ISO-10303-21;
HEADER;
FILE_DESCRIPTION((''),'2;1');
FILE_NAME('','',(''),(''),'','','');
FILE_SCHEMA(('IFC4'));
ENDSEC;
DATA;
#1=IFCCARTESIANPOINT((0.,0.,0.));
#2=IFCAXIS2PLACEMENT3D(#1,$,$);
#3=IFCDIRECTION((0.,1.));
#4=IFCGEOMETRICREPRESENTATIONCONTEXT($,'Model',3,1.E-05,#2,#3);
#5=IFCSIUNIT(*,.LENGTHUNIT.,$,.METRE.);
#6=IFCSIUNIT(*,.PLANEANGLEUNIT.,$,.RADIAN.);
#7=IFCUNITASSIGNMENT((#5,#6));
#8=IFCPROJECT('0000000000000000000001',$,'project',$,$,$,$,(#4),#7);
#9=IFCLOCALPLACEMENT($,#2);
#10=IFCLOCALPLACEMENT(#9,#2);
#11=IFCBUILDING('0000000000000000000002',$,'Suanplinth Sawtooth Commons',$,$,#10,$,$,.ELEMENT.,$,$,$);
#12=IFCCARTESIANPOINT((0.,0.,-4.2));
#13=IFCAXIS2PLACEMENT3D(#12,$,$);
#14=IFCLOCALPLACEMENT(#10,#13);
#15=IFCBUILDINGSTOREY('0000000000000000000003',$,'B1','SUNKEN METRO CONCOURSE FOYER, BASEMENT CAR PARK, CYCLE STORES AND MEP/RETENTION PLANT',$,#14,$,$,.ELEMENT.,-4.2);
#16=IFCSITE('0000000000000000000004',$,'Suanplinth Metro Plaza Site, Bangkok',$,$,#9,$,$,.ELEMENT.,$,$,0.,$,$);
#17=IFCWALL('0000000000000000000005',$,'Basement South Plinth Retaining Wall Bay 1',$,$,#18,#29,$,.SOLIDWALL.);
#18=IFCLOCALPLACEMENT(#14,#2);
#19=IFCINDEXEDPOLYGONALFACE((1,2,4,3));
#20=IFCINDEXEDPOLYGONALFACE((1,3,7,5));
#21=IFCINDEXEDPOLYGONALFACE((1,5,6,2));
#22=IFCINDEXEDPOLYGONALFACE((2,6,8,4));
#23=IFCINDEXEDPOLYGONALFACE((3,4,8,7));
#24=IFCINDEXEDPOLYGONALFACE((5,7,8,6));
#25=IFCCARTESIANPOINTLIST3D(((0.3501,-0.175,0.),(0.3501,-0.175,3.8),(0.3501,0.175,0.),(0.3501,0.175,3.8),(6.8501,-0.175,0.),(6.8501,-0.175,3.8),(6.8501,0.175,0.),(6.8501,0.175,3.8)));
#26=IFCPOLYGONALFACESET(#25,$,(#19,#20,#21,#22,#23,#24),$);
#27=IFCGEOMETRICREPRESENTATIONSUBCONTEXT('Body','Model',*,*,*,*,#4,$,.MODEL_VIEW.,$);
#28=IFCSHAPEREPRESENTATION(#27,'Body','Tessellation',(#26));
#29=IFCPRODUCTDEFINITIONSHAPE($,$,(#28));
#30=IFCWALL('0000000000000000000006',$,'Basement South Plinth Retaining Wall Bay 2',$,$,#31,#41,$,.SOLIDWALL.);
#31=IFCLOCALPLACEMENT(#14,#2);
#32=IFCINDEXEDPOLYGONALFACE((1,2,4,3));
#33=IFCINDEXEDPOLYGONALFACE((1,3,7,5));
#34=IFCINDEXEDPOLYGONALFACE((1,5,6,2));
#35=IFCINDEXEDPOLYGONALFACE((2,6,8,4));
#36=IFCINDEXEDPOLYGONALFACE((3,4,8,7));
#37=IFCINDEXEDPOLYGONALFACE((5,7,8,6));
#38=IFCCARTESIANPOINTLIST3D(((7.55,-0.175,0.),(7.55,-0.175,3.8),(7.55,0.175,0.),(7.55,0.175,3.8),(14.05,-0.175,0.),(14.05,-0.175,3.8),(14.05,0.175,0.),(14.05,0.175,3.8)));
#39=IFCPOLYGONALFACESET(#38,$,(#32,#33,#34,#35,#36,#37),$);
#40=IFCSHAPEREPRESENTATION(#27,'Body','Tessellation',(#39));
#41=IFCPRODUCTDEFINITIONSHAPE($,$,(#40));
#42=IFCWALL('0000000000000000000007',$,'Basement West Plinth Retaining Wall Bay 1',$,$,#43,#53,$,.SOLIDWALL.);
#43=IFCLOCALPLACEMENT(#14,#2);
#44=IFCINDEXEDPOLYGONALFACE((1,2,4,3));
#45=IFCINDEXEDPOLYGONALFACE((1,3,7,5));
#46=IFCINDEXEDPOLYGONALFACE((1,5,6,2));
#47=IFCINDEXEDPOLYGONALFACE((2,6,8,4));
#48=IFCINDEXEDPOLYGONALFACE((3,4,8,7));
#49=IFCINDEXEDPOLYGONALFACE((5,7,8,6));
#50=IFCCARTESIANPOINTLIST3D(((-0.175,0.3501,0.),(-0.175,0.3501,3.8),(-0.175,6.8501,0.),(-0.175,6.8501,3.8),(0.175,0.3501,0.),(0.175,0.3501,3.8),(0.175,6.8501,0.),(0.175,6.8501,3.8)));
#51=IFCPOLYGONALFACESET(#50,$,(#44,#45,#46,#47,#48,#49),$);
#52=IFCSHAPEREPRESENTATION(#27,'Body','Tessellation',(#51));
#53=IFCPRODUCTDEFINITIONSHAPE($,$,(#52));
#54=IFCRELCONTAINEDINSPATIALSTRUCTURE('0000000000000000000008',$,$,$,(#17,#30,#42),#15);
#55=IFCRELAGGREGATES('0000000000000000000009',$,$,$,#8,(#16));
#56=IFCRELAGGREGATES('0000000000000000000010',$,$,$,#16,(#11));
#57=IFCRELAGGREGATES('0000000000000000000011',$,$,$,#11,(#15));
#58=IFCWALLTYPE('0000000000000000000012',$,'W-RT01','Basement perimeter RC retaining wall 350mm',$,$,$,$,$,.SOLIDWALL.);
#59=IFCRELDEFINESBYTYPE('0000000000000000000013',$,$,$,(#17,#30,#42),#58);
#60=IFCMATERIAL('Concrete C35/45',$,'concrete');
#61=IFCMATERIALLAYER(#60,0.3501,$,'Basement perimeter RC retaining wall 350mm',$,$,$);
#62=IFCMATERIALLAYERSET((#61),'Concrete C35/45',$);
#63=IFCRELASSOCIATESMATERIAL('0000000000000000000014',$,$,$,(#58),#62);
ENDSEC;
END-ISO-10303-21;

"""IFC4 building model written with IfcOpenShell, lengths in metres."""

from ifc_helpers import new_model, si_unit, direction, frame, frame_2d, origin, place, context, subcontext, project, spatial, rectangle, extrude, material, layer, layer_set, type_object, element, save


model = new_model("IFC4")

# Units and contexts
model_context = context("Model", 3, precision=1e-05, world=origin(), true_north=direction((0.0, 1.0)))
body_context = subcontext(model_context, "Body", "Model", "MODEL_VIEW")
ifc_project = project(units=[si_unit("LENGTHUNIT", "METRE"), si_unit("PLANEANGLEUNIT", "RADIAN")], contexts=[model_context])

# Site, building, storey
site_placement = place(None, origin())
site = spatial("IfcSite", under=ifc_project, at=site_placement, Name="Suanplinth Metro Plaza Site, Bangkok", CompositionType="ELEMENT", RefElevation=0.0)
building_placement = place(site_placement, origin())
building = spatial("IfcBuilding", under=site, at=building_placement, Name="Suanplinth Sawtooth Commons", CompositionType="ELEMENT")
storey_placement = place(building_placement, frame((0.0, 0.0, -4.2)))
storey = spatial("IfcBuildingStorey", under=building, at=storey_placement, Name="B1", Description="SUNKEN METRO CONCOURSE FOYER, BASEMENT CAR PARK, CYCLE STORES AND MEP/RETENTION PLANT", CompositionType="ELEMENT", Elevation=-4.2)

# Shared definitions
ifc_material_1 = material(Name="Concrete C35/45", Category="concrete")

# Walls
ifc_layer_1 = layer(ifc_material_1, 0.3501, Name="Basement perimeter RC retaining wall 350mm")
ifc_layer_set_1 = layer_set([ifc_layer_1], Name="Concrete C35/45")
wall_type = type_object("IfcWallType", Name="W-RT01", Description="Basement perimeter RC retaining wall 350mm", PredefinedType="SOLIDWALL", material=ifc_layer_set_1)
for number, where, z_axis, x_axis, name in (
    (1, (0.3501, 0.0, 0.0), (0.0, 0.0, 1.0), (1.0, 0.0, 0.0), "Basement South Plinth Retaining Wall Bay 1"),
    (2, (7.55, 0.0, 0.0), (0.0, 0.0, 1.0), (1.0, 0.0, 0.0), "Basement South Plinth Retaining Wall Bay 2"),
    (3, (0.0, 0.3501, 0.0), (0.0, 0.0, 1.0), (0.0, 1.0, 0.0), "Basement West Plinth Retaining Wall Bay 1"),
):
    element("IfcWall", number, at=place(storey_placement, frame(where, z_axis=z_axis, x_axis=x_axis)), inside=storey, type_object=wall_type, Name=name, PredefinedType="SOLIDWALL", context=body_context, shape_type="SweptSolid", body=[
        extrude(rectangle(XDim=6.5, YDim=0.3501, at=frame_2d((3.25, 0.0))), origin(), (0.0, 0.0, 1.0), 3.8),
    ])

save(model, "model.ifc")
